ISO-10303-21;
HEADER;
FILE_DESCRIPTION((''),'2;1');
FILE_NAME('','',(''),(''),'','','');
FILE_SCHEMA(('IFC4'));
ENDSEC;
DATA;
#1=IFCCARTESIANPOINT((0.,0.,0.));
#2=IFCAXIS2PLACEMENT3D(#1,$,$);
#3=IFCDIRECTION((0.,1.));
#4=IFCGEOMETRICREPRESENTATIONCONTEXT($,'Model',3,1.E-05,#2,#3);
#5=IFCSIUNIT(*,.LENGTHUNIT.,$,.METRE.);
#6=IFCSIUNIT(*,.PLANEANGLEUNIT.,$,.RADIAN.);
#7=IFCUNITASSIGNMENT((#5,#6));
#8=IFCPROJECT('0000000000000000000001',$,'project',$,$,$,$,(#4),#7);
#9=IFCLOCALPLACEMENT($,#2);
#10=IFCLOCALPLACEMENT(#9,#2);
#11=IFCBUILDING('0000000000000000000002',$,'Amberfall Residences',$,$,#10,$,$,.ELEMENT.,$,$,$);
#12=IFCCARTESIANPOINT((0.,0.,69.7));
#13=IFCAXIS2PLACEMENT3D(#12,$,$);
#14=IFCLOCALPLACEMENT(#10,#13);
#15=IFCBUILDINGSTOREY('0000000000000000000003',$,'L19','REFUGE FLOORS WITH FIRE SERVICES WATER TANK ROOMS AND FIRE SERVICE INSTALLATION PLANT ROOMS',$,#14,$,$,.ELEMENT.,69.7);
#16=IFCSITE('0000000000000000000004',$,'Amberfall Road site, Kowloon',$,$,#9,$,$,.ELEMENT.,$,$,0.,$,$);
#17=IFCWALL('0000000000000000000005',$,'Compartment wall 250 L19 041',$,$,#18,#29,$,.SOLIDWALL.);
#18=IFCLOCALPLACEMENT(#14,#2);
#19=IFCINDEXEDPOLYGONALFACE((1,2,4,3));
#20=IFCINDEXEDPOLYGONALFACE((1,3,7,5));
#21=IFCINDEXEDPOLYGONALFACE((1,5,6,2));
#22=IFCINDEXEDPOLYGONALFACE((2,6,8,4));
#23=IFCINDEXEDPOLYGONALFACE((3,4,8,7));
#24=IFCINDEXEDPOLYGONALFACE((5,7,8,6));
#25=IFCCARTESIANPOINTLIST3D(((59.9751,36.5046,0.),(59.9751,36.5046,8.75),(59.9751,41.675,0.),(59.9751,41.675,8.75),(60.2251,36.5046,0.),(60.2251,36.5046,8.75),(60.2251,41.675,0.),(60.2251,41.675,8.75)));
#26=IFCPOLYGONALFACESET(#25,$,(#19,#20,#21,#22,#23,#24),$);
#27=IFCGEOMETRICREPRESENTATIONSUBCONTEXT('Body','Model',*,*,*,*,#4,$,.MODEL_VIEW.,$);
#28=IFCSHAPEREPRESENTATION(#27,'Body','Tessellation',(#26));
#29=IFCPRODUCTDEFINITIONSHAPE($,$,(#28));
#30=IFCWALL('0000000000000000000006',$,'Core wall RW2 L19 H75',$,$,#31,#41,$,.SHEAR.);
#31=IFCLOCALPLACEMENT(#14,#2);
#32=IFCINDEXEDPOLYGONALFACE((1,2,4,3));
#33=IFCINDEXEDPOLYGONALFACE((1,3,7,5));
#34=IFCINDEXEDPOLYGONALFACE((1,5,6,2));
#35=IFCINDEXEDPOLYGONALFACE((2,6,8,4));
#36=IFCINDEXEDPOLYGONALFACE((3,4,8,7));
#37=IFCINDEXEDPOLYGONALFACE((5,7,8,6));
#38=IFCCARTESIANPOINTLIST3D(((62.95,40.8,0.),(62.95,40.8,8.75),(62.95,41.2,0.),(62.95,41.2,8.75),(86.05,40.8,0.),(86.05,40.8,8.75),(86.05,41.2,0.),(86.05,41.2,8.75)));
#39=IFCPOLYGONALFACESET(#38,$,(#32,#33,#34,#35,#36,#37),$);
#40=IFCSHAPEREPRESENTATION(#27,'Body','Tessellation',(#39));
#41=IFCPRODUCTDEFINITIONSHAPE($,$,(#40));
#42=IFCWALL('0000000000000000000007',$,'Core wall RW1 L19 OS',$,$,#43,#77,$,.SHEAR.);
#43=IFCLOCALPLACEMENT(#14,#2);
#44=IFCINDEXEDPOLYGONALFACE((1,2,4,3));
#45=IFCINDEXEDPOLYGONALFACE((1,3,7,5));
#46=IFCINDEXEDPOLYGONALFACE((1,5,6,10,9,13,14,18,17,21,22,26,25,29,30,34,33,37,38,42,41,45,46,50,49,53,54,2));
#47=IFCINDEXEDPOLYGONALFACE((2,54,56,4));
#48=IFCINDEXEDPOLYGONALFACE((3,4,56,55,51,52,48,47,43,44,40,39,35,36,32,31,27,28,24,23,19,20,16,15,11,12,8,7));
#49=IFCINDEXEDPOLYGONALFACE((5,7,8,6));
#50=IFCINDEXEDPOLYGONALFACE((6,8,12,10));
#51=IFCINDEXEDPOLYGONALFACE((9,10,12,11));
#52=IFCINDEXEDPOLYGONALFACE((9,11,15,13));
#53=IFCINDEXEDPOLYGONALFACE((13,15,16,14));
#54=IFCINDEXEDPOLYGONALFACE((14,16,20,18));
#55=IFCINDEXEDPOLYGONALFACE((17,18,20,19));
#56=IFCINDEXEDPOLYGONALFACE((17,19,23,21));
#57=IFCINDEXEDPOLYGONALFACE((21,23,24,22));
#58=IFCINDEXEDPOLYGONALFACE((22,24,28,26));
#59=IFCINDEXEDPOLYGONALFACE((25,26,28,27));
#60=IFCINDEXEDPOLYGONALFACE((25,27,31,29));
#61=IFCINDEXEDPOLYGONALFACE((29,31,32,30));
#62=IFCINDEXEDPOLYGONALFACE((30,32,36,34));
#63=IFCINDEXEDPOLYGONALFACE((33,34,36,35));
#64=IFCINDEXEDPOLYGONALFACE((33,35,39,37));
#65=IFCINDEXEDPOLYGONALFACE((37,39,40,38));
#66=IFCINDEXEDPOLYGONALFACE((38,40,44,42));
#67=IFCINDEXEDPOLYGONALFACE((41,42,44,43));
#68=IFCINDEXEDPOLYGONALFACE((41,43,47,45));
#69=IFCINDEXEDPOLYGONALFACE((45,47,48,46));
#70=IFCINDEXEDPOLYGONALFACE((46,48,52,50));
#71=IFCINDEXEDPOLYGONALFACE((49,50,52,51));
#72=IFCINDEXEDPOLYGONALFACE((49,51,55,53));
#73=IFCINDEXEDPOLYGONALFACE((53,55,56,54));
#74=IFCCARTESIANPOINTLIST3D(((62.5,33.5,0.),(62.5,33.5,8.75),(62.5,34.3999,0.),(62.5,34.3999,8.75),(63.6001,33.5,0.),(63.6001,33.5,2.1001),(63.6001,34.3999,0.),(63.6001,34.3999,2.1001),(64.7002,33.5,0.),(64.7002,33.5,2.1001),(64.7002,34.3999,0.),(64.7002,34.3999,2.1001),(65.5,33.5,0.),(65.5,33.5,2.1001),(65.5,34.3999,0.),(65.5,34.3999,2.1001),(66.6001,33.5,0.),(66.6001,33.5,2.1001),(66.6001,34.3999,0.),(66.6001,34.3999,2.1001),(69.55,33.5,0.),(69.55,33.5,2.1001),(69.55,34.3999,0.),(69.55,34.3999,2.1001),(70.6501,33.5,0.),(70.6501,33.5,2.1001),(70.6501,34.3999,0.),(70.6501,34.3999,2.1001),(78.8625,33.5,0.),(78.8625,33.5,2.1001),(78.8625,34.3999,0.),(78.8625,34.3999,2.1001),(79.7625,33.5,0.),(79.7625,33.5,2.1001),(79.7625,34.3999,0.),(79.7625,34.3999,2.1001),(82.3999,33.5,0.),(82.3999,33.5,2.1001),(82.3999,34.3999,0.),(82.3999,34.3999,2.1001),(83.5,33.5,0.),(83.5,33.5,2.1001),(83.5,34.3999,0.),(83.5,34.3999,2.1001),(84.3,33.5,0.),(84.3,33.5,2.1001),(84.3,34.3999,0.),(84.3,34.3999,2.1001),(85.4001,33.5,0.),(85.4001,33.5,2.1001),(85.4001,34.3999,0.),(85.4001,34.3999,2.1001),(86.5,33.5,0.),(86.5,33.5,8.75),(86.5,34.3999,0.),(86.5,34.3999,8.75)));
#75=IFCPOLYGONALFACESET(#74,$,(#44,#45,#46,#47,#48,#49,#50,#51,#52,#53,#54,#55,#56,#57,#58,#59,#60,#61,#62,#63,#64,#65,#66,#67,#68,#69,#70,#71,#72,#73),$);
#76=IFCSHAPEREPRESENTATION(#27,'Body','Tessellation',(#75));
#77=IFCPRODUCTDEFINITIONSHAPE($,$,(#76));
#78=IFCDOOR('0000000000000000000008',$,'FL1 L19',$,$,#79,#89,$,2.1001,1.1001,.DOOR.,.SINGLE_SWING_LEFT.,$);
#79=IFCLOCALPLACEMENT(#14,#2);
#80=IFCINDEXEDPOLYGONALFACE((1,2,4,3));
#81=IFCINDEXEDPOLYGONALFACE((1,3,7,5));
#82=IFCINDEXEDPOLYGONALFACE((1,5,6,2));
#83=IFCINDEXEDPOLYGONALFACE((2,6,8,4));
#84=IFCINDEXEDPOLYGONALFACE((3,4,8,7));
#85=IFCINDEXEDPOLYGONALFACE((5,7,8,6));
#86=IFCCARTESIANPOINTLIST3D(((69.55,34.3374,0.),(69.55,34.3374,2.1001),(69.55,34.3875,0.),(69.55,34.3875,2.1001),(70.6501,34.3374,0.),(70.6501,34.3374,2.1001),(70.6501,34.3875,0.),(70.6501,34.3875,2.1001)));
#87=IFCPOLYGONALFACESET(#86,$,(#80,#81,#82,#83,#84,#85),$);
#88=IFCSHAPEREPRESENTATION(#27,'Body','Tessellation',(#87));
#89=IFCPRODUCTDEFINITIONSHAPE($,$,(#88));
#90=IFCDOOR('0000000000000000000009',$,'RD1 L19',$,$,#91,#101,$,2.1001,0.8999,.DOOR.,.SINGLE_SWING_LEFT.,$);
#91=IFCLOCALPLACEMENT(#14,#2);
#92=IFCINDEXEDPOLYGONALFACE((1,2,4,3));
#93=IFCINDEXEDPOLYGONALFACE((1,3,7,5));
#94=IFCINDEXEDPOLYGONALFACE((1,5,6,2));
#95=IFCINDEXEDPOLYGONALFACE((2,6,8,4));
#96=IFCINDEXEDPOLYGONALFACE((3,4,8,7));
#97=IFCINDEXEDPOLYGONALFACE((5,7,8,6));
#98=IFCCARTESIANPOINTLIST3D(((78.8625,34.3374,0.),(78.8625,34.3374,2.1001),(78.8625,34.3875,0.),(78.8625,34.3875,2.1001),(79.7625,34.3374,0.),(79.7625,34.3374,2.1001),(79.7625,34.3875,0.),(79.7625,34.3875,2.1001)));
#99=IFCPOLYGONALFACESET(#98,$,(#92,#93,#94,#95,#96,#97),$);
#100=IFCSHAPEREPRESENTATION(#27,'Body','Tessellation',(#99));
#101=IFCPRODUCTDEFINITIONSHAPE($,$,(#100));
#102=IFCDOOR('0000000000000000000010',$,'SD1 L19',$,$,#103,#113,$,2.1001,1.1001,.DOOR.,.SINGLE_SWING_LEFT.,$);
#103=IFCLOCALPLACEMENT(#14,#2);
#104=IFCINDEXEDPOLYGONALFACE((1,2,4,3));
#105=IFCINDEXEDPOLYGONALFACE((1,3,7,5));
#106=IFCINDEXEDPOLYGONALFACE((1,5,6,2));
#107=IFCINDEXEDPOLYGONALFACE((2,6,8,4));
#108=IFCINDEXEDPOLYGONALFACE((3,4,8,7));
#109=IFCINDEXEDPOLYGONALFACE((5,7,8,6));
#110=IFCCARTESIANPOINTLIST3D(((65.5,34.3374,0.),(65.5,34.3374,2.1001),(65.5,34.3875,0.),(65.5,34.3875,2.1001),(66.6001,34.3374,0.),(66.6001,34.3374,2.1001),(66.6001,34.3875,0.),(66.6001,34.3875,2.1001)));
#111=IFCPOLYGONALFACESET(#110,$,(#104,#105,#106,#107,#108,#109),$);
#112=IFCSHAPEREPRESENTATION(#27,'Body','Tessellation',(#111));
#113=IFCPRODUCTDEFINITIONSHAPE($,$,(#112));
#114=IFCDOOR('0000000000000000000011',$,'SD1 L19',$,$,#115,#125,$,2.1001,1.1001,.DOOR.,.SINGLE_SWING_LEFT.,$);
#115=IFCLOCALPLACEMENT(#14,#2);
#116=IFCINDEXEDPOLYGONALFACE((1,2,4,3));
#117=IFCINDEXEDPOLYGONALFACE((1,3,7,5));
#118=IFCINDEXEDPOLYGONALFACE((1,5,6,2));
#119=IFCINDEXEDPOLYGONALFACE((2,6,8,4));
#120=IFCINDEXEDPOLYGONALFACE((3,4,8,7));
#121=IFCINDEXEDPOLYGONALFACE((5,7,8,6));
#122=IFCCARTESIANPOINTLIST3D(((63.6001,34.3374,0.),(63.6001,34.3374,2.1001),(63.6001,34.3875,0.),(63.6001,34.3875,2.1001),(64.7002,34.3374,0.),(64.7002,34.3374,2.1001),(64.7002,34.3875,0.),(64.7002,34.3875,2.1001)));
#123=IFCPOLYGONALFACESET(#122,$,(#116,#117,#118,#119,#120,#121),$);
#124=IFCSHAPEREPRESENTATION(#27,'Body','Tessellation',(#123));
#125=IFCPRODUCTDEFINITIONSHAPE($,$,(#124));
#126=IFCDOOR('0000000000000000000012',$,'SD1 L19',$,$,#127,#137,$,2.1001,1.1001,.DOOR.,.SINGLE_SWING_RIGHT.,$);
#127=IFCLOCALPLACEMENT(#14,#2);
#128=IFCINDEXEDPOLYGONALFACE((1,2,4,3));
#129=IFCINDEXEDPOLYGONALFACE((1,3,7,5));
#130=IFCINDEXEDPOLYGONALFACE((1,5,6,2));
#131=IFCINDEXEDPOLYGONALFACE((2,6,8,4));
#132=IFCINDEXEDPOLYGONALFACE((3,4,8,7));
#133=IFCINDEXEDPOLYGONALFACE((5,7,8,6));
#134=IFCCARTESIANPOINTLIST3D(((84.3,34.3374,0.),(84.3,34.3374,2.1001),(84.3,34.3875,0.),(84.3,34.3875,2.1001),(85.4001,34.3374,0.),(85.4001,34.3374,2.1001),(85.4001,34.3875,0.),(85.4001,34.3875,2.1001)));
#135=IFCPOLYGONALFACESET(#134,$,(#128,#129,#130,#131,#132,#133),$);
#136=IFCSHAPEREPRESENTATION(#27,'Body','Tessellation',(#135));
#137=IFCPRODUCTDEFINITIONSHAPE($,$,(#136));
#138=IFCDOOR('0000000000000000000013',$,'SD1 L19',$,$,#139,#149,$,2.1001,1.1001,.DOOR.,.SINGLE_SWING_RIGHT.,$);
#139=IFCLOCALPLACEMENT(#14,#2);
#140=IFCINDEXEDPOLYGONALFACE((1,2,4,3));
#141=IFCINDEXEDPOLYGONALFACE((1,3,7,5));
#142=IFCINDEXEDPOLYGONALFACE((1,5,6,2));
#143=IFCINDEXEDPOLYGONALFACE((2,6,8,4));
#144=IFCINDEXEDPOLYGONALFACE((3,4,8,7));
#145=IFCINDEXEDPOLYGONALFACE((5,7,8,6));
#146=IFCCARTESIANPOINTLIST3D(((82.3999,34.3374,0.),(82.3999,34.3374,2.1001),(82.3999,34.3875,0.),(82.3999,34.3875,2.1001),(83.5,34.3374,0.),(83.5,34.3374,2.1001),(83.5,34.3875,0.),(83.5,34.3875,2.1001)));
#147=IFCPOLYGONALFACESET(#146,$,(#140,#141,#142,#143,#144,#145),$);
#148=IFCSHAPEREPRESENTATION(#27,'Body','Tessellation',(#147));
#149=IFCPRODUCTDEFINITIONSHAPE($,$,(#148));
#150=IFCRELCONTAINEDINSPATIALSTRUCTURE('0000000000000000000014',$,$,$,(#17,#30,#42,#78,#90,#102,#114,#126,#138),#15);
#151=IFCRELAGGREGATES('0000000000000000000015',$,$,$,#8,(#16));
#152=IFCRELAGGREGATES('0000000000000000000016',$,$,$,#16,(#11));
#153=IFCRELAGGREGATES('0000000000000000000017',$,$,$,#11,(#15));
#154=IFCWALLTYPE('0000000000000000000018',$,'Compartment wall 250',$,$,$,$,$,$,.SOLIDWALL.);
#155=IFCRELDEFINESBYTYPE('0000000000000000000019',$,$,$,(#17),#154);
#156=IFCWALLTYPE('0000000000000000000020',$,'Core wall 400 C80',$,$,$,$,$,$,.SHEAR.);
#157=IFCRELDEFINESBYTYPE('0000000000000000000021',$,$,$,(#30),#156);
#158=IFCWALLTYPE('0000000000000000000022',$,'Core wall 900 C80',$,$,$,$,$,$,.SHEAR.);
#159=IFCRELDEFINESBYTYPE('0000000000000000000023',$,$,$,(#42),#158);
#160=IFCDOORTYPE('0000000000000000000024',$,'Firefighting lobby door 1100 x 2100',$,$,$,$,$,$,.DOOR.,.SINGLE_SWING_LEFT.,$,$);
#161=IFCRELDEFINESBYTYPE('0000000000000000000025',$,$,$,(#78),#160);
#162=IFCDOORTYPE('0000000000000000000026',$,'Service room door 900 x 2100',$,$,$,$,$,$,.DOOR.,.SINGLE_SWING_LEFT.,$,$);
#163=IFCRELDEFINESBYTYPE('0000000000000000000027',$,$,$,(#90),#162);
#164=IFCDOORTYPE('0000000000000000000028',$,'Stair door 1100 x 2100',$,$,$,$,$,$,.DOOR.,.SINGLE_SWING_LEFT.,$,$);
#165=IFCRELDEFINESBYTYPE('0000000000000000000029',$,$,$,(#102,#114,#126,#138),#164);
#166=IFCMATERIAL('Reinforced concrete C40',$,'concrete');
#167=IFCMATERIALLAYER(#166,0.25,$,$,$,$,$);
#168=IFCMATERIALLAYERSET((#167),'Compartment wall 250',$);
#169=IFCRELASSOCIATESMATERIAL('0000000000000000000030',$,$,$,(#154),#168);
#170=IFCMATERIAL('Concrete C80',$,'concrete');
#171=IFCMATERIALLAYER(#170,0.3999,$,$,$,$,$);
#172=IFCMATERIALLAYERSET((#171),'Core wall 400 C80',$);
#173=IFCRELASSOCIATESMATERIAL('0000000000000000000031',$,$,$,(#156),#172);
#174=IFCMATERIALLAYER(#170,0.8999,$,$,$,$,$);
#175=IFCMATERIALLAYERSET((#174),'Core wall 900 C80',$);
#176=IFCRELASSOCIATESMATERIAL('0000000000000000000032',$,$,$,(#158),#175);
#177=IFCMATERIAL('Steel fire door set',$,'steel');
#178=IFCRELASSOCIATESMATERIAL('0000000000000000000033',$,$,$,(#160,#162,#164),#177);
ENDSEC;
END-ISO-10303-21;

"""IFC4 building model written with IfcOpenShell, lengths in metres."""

from ifc_helpers import new_model, si_unit, direction, frame, frame_2d, origin, place, context, subcontext, project, spatial, rectangle, extrude, material, layer, layer_set, type_object, element, fill, save


model = new_model("IFC4")

# Units and contexts
model_context = context("Model", 3, precision=1e-05, world=origin(), true_north=direction((0.0, 1.0)))
body_context = subcontext(model_context, "Body", "Model", "MODEL_VIEW")
ifc_project = project(units=[si_unit("LENGTHUNIT", "METRE"), si_unit("PLANEANGLEUNIT", "RADIAN")], contexts=[model_context])

# Site, building, storey
site_placement = place(None, origin())
site = spatial("IfcSite", under=ifc_project, at=site_placement, Name="Amberfall Road site, Kowloon", CompositionType="ELEMENT", RefElevation=0.0)
building_placement = place(site_placement, origin())
building = spatial("IfcBuilding", under=site, at=building_placement, Name="Amberfall Residences", CompositionType="ELEMENT")
storey_placement = place(building_placement, frame((0.0, 0.0, 69.7)))
storey = spatial("IfcBuildingStorey", under=building, at=storey_placement, Name="L19", Description="REFUGE FLOORS WITH FIRE SERVICES WATER TANK ROOMS AND FIRE SERVICE INSTALLATION PLANT ROOMS", CompositionType="ELEMENT", Elevation=69.7)

# Shared definitions
ifc_material_1 = material(Name="Reinforced concrete C40", Category="concrete")
ifc_layer_1 = layer(ifc_material_1, 0.25)
ifc_layer_set_1 = layer_set([ifc_layer_1], Name="Compartment wall 250")
wall_type_1 = type_object("IfcWallType", Name="Compartment wall 250", PredefinedType="SOLIDWALL", material=ifc_layer_set_1)

# Walls
wall_1_placement = place(storey_placement, frame((60.1001, 36.5046, 0.0), z_axis=(0.0, 0.0, 1.0), x_axis=(0.0, 1.0, 0.0)))
element("IfcWall", 1, at=wall_1_placement, inside=storey, type_object=wall_type_1, Name="Compartment wall 250 L19 041", PredefinedType="SOLIDWALL", context=body_context, shape_type="SweptSolid", body=[
    extrude(rectangle(XDim=5.1704, YDim=0.25, at=frame_2d((2.5852, 0.0))), origin(), (0.0, 0.0, 1.0), 8.75),
])
ifc_material_2 = material(Name="Concrete C80", Category="concrete")
ifc_layer_2 = layer(ifc_material_2, 0.3999)
ifc_layer_set_2 = layer_set([ifc_layer_2], Name="Core wall 400 C80")
wall_type_2 = type_object("IfcWallType", Name="Core wall 400 C80", PredefinedType="SHEAR", material=ifc_layer_set_2)
wall_2_placement = place(storey_placement, frame((62.95, 41.0, 0.0), z_axis=(0.0, 0.0, 1.0), x_axis=(1.0, 0.0, 0.0)))
element("IfcWall", 2, at=wall_2_placement, inside=storey, type_object=wall_type_2, Name="Core wall RW2 L19 H75", PredefinedType="SHEAR", context=body_context, shape_type="SweptSolid", body=[
    extrude(rectangle(XDim=23.1001, YDim=0.3999, at=frame_2d((11.55, 0.0))), origin(), (0.0, 0.0, 1.0), 8.75),
])

# Wall, openings, doors
ifc_layer_3 = layer(ifc_material_2, 0.8999)
ifc_layer_set_3 = layer_set([ifc_layer_3], Name="Core wall 900 C80")
wall_type_3 = type_object("IfcWallType", Name="Core wall 900 C80", PredefinedType="SHEAR", material=ifc_layer_set_3)
wall_3_placement = place(storey_placement, frame((62.5, 33.95, 0.0), z_axis=(0.0, 0.0, 1.0), x_axis=(1.0, 0.0, 0.0)))
wall_3 = element("IfcWall", 3, at=wall_3_placement, inside=storey, type_object=wall_type_3, Name="Core wall RW1 L19 OS", PredefinedType="SHEAR", context=body_context, shape_type="SweptSolid", body=[
    extrude(rectangle(XDim=24.0, YDim=0.8999, at=frame_2d((12.0, 0.0))), origin(), (0.0, 0.0, 1.0), 8.75),
])
opening_1_placement = place(wall_3_placement, frame((3.0, 0.0, 0.0)))
opening_1 = element("IfcOpeningElement", 4, at=opening_1_placement, cuts=wall_3, PredefinedType="OPENING", context=body_context, shape_type="SweptSolid", body=[
    extrude(rectangle(XDim=1.1001, YDim=2.1001, at=frame_2d((0.55, 1.05))), frame((0.0, 0.46, 0.0), z_axis=(0.0, -1.0, 0.0), x_axis=(1.0, 0.0, 0.0)), (0.0, 0.0, 1.0), 0.9199),
])
opening_2_placement = place(wall_3_placement, frame((1.1001, 0.0, 0.0)))
opening_2 = element("IfcOpeningElement", 5, at=opening_2_placement, cuts=wall_3, PredefinedType="OPENING", context=body_context, shape_type="SweptSolid", body=[
    extrude(rectangle(XDim=1.1001, YDim=2.1001, at=frame_2d((0.55, 1.05))), frame((0.0, 0.46, 0.0), z_axis=(0.0, -1.0, 0.0), x_axis=(1.0, 0.0, 0.0)), (0.0, 0.0, 1.0), 0.9199),
])
opening_3_placement = place(wall_3_placement, frame((21.8, 0.0, 0.0)))
opening_3 = element("IfcOpeningElement", 6, at=opening_3_placement, cuts=wall_3, PredefinedType="OPENING", context=body_context, shape_type="SweptSolid", body=[
    extrude(rectangle(XDim=1.1001, YDim=2.1001, at=frame_2d((0.55, 1.05))), frame((0.0, 0.46, 0.0), z_axis=(0.0, -1.0, 0.0), x_axis=(1.0, 0.0, 0.0)), (0.0, 0.0, 1.0), 0.9199),
])
opening_4_placement = place(wall_3_placement, frame((19.8999, 0.0, 0.0)))
opening_4 = element("IfcOpeningElement", 7, at=opening_4_placement, cuts=wall_3, PredefinedType="OPENING", context=body_context, shape_type="SweptSolid", body=[
    extrude(rectangle(XDim=1.1001, YDim=2.1001, at=frame_2d((0.55, 1.05))), frame((0.0, 0.46, 0.0), z_axis=(0.0, -1.0, 0.0), x_axis=(1.0, 0.0, 0.0)), (0.0, 0.0, 1.0), 0.9199),
])
opening_5_placement = place(wall_3_placement, frame((7.05, 0.0, 0.0)))
opening_5 = element("IfcOpeningElement", 8, at=opening_5_placement, cuts=wall_3, PredefinedType="OPENING", context=body_context, shape_type="SweptSolid", body=[
    extrude(rectangle(XDim=1.1001, YDim=2.1001, at=frame_2d((0.55, 1.05))), frame((0.0, 0.46, 0.0), z_axis=(0.0, -1.0, 0.0), x_axis=(1.0, 0.0, 0.0)), (0.0, 0.0, 1.0), 0.9199),
])
opening_6_placement = place(wall_3_placement, frame((16.3625, 0.0, 0.0)))
opening_6 = element("IfcOpeningElement", 9, at=opening_6_placement, cuts=wall_3, PredefinedType="OPENING", context=body_context, shape_type="SweptSolid", body=[
    extrude(rectangle(XDim=0.8999, YDim=2.1001, at=frame_2d((0.45, 1.05))), frame((0.0, 0.46, 0.0), z_axis=(0.0, -1.0, 0.0), x_axis=(1.0, 0.0, 0.0)), (0.0, 0.0, 1.0), 0.9199),
])
ifc_material_3 = material(Name="Steel fire door set", Category="steel")
door_type_1 = type_object("IfcDoorType", Name="Firefighting lobby door 1100 x 2100", OperationType="SINGLE_SWING_LEFT", PredefinedType="DOOR", material=ifc_material_3)
door_1_placement = place(opening_5_placement, origin())
door_1 = element("IfcDoor", 10, at=door_1_placement, inside=storey, type_object=door_type_1, Name="FL1 L19", OperationType="SINGLE_SWING_LEFT", OverallHeight=2.1001, OverallWidth=1.1001, PredefinedType="DOOR", context=body_context, shape_type="SweptSolid", body=[
    extrude(rectangle(XDim=1.1001, YDim=2.1001, at=frame_2d((0.55, 1.05))), frame((0.0, 0.4375, 0.0), z_axis=(0.0, -1.0, 0.0), x_axis=(1.0, 0.0, 0.0)), (0.0, 0.0, 1.0), 0.05),
])
fill(opening_5, door_1)
door_type_2 = type_object("IfcDoorType", Name="Service room door 900 x 2100", OperationType="SINGLE_SWING_LEFT", PredefinedType="DOOR", material=ifc_material_3)
door_2_placement = place(opening_6_placement, origin())
door_2 = element("IfcDoor", 11, at=door_2_placement, inside=storey, type_object=door_type_2, Name="RD1 L19", OperationType="SINGLE_SWING_LEFT", OverallHeight=2.1001, OverallWidth=0.8999, PredefinedType="DOOR", context=body_context, shape_type="SweptSolid", body=[
    extrude(rectangle(XDim=0.8999, YDim=2.1001, at=frame_2d((0.45, 1.05))), frame((0.0, 0.4375, 0.0), z_axis=(0.0, -1.0, 0.0), x_axis=(1.0, 0.0, 0.0)), (0.0, 0.0, 1.0), 0.05),
])
fill(opening_6, door_2)
door_type_3 = type_object("IfcDoorType", Name="Stair door 1100 x 2100", OperationType="SINGLE_SWING_LEFT", PredefinedType="DOOR", material=ifc_material_3)
door_3_placement = place(opening_1_placement, origin())
door_3 = element("IfcDoor", 12, at=door_3_placement, inside=storey, type_object=door_type_3, Name="SD1 L19", OperationType="SINGLE_SWING_LEFT", OverallHeight=2.1001, OverallWidth=1.1001, PredefinedType="DOOR", context=body_context, shape_type="SweptSolid", body=[
    extrude(rectangle(XDim=1.1001, YDim=2.1001, at=frame_2d((0.55, 1.05))), frame((0.0, 0.4375, 0.0), z_axis=(0.0, -1.0, 0.0), x_axis=(1.0, 0.0, 0.0)), (0.0, 0.0, 1.0), 0.05),
])
fill(opening_1, door_3)
door_4_placement = place(opening_2_placement, origin())
door_4 = element("IfcDoor", 13, at=door_4_placement, inside=storey, type_object=door_type_3, Name="SD1 L19", OperationType="SINGLE_SWING_LEFT", OverallHeight=2.1001, OverallWidth=1.1001, PredefinedType="DOOR", context=body_context, shape_type="SweptSolid", body=[
    extrude(rectangle(XDim=1.1001, YDim=2.1001, at=frame_2d((0.55, 1.05))), frame((0.0, 0.4375, 0.0), z_axis=(0.0, -1.0, 0.0), x_axis=(1.0, 0.0, 0.0)), (0.0, 0.0, 1.0), 0.05),
])
fill(opening_2, door_4)
door_5_placement = place(opening_3_placement, origin())
door_5 = element("IfcDoor", 14, at=door_5_placement, inside=storey, type_object=door_type_3, Name="SD1 L19", OperationType="SINGLE_SWING_RIGHT", OverallHeight=2.1001, OverallWidth=1.1001, PredefinedType="DOOR", context=body_context, shape_type="SweptSolid", body=[
    extrude(rectangle(XDim=1.1001, YDim=2.1001, at=frame_2d((0.55, 1.05))), frame((0.0, 0.4375, 0.0), z_axis=(0.0, -1.0, 0.0), x_axis=(1.0, 0.0, 0.0)), (0.0, 0.0, 1.0), 0.05),
])
fill(opening_3, door_5)
door_6_placement = place(opening_4_placement, origin())
door_6 = element("IfcDoor", 15, at=door_6_placement, inside=storey, type_object=door_type_3, Name="SD1 L19", OperationType="SINGLE_SWING_RIGHT", OverallHeight=2.1001, OverallWidth=1.1001, PredefinedType="DOOR", context=body_context, shape_type="SweptSolid", body=[
    extrude(rectangle(XDim=1.1001, YDim=2.1001, at=frame_2d((0.55, 1.05))), frame((0.0, 0.4375, 0.0), z_axis=(0.0, -1.0, 0.0), x_axis=(1.0, 0.0, 0.0)), (0.0, 0.0, 1.0), 0.05),
])
fill(opening_4, door_6)

save(model, "model.ifc")
